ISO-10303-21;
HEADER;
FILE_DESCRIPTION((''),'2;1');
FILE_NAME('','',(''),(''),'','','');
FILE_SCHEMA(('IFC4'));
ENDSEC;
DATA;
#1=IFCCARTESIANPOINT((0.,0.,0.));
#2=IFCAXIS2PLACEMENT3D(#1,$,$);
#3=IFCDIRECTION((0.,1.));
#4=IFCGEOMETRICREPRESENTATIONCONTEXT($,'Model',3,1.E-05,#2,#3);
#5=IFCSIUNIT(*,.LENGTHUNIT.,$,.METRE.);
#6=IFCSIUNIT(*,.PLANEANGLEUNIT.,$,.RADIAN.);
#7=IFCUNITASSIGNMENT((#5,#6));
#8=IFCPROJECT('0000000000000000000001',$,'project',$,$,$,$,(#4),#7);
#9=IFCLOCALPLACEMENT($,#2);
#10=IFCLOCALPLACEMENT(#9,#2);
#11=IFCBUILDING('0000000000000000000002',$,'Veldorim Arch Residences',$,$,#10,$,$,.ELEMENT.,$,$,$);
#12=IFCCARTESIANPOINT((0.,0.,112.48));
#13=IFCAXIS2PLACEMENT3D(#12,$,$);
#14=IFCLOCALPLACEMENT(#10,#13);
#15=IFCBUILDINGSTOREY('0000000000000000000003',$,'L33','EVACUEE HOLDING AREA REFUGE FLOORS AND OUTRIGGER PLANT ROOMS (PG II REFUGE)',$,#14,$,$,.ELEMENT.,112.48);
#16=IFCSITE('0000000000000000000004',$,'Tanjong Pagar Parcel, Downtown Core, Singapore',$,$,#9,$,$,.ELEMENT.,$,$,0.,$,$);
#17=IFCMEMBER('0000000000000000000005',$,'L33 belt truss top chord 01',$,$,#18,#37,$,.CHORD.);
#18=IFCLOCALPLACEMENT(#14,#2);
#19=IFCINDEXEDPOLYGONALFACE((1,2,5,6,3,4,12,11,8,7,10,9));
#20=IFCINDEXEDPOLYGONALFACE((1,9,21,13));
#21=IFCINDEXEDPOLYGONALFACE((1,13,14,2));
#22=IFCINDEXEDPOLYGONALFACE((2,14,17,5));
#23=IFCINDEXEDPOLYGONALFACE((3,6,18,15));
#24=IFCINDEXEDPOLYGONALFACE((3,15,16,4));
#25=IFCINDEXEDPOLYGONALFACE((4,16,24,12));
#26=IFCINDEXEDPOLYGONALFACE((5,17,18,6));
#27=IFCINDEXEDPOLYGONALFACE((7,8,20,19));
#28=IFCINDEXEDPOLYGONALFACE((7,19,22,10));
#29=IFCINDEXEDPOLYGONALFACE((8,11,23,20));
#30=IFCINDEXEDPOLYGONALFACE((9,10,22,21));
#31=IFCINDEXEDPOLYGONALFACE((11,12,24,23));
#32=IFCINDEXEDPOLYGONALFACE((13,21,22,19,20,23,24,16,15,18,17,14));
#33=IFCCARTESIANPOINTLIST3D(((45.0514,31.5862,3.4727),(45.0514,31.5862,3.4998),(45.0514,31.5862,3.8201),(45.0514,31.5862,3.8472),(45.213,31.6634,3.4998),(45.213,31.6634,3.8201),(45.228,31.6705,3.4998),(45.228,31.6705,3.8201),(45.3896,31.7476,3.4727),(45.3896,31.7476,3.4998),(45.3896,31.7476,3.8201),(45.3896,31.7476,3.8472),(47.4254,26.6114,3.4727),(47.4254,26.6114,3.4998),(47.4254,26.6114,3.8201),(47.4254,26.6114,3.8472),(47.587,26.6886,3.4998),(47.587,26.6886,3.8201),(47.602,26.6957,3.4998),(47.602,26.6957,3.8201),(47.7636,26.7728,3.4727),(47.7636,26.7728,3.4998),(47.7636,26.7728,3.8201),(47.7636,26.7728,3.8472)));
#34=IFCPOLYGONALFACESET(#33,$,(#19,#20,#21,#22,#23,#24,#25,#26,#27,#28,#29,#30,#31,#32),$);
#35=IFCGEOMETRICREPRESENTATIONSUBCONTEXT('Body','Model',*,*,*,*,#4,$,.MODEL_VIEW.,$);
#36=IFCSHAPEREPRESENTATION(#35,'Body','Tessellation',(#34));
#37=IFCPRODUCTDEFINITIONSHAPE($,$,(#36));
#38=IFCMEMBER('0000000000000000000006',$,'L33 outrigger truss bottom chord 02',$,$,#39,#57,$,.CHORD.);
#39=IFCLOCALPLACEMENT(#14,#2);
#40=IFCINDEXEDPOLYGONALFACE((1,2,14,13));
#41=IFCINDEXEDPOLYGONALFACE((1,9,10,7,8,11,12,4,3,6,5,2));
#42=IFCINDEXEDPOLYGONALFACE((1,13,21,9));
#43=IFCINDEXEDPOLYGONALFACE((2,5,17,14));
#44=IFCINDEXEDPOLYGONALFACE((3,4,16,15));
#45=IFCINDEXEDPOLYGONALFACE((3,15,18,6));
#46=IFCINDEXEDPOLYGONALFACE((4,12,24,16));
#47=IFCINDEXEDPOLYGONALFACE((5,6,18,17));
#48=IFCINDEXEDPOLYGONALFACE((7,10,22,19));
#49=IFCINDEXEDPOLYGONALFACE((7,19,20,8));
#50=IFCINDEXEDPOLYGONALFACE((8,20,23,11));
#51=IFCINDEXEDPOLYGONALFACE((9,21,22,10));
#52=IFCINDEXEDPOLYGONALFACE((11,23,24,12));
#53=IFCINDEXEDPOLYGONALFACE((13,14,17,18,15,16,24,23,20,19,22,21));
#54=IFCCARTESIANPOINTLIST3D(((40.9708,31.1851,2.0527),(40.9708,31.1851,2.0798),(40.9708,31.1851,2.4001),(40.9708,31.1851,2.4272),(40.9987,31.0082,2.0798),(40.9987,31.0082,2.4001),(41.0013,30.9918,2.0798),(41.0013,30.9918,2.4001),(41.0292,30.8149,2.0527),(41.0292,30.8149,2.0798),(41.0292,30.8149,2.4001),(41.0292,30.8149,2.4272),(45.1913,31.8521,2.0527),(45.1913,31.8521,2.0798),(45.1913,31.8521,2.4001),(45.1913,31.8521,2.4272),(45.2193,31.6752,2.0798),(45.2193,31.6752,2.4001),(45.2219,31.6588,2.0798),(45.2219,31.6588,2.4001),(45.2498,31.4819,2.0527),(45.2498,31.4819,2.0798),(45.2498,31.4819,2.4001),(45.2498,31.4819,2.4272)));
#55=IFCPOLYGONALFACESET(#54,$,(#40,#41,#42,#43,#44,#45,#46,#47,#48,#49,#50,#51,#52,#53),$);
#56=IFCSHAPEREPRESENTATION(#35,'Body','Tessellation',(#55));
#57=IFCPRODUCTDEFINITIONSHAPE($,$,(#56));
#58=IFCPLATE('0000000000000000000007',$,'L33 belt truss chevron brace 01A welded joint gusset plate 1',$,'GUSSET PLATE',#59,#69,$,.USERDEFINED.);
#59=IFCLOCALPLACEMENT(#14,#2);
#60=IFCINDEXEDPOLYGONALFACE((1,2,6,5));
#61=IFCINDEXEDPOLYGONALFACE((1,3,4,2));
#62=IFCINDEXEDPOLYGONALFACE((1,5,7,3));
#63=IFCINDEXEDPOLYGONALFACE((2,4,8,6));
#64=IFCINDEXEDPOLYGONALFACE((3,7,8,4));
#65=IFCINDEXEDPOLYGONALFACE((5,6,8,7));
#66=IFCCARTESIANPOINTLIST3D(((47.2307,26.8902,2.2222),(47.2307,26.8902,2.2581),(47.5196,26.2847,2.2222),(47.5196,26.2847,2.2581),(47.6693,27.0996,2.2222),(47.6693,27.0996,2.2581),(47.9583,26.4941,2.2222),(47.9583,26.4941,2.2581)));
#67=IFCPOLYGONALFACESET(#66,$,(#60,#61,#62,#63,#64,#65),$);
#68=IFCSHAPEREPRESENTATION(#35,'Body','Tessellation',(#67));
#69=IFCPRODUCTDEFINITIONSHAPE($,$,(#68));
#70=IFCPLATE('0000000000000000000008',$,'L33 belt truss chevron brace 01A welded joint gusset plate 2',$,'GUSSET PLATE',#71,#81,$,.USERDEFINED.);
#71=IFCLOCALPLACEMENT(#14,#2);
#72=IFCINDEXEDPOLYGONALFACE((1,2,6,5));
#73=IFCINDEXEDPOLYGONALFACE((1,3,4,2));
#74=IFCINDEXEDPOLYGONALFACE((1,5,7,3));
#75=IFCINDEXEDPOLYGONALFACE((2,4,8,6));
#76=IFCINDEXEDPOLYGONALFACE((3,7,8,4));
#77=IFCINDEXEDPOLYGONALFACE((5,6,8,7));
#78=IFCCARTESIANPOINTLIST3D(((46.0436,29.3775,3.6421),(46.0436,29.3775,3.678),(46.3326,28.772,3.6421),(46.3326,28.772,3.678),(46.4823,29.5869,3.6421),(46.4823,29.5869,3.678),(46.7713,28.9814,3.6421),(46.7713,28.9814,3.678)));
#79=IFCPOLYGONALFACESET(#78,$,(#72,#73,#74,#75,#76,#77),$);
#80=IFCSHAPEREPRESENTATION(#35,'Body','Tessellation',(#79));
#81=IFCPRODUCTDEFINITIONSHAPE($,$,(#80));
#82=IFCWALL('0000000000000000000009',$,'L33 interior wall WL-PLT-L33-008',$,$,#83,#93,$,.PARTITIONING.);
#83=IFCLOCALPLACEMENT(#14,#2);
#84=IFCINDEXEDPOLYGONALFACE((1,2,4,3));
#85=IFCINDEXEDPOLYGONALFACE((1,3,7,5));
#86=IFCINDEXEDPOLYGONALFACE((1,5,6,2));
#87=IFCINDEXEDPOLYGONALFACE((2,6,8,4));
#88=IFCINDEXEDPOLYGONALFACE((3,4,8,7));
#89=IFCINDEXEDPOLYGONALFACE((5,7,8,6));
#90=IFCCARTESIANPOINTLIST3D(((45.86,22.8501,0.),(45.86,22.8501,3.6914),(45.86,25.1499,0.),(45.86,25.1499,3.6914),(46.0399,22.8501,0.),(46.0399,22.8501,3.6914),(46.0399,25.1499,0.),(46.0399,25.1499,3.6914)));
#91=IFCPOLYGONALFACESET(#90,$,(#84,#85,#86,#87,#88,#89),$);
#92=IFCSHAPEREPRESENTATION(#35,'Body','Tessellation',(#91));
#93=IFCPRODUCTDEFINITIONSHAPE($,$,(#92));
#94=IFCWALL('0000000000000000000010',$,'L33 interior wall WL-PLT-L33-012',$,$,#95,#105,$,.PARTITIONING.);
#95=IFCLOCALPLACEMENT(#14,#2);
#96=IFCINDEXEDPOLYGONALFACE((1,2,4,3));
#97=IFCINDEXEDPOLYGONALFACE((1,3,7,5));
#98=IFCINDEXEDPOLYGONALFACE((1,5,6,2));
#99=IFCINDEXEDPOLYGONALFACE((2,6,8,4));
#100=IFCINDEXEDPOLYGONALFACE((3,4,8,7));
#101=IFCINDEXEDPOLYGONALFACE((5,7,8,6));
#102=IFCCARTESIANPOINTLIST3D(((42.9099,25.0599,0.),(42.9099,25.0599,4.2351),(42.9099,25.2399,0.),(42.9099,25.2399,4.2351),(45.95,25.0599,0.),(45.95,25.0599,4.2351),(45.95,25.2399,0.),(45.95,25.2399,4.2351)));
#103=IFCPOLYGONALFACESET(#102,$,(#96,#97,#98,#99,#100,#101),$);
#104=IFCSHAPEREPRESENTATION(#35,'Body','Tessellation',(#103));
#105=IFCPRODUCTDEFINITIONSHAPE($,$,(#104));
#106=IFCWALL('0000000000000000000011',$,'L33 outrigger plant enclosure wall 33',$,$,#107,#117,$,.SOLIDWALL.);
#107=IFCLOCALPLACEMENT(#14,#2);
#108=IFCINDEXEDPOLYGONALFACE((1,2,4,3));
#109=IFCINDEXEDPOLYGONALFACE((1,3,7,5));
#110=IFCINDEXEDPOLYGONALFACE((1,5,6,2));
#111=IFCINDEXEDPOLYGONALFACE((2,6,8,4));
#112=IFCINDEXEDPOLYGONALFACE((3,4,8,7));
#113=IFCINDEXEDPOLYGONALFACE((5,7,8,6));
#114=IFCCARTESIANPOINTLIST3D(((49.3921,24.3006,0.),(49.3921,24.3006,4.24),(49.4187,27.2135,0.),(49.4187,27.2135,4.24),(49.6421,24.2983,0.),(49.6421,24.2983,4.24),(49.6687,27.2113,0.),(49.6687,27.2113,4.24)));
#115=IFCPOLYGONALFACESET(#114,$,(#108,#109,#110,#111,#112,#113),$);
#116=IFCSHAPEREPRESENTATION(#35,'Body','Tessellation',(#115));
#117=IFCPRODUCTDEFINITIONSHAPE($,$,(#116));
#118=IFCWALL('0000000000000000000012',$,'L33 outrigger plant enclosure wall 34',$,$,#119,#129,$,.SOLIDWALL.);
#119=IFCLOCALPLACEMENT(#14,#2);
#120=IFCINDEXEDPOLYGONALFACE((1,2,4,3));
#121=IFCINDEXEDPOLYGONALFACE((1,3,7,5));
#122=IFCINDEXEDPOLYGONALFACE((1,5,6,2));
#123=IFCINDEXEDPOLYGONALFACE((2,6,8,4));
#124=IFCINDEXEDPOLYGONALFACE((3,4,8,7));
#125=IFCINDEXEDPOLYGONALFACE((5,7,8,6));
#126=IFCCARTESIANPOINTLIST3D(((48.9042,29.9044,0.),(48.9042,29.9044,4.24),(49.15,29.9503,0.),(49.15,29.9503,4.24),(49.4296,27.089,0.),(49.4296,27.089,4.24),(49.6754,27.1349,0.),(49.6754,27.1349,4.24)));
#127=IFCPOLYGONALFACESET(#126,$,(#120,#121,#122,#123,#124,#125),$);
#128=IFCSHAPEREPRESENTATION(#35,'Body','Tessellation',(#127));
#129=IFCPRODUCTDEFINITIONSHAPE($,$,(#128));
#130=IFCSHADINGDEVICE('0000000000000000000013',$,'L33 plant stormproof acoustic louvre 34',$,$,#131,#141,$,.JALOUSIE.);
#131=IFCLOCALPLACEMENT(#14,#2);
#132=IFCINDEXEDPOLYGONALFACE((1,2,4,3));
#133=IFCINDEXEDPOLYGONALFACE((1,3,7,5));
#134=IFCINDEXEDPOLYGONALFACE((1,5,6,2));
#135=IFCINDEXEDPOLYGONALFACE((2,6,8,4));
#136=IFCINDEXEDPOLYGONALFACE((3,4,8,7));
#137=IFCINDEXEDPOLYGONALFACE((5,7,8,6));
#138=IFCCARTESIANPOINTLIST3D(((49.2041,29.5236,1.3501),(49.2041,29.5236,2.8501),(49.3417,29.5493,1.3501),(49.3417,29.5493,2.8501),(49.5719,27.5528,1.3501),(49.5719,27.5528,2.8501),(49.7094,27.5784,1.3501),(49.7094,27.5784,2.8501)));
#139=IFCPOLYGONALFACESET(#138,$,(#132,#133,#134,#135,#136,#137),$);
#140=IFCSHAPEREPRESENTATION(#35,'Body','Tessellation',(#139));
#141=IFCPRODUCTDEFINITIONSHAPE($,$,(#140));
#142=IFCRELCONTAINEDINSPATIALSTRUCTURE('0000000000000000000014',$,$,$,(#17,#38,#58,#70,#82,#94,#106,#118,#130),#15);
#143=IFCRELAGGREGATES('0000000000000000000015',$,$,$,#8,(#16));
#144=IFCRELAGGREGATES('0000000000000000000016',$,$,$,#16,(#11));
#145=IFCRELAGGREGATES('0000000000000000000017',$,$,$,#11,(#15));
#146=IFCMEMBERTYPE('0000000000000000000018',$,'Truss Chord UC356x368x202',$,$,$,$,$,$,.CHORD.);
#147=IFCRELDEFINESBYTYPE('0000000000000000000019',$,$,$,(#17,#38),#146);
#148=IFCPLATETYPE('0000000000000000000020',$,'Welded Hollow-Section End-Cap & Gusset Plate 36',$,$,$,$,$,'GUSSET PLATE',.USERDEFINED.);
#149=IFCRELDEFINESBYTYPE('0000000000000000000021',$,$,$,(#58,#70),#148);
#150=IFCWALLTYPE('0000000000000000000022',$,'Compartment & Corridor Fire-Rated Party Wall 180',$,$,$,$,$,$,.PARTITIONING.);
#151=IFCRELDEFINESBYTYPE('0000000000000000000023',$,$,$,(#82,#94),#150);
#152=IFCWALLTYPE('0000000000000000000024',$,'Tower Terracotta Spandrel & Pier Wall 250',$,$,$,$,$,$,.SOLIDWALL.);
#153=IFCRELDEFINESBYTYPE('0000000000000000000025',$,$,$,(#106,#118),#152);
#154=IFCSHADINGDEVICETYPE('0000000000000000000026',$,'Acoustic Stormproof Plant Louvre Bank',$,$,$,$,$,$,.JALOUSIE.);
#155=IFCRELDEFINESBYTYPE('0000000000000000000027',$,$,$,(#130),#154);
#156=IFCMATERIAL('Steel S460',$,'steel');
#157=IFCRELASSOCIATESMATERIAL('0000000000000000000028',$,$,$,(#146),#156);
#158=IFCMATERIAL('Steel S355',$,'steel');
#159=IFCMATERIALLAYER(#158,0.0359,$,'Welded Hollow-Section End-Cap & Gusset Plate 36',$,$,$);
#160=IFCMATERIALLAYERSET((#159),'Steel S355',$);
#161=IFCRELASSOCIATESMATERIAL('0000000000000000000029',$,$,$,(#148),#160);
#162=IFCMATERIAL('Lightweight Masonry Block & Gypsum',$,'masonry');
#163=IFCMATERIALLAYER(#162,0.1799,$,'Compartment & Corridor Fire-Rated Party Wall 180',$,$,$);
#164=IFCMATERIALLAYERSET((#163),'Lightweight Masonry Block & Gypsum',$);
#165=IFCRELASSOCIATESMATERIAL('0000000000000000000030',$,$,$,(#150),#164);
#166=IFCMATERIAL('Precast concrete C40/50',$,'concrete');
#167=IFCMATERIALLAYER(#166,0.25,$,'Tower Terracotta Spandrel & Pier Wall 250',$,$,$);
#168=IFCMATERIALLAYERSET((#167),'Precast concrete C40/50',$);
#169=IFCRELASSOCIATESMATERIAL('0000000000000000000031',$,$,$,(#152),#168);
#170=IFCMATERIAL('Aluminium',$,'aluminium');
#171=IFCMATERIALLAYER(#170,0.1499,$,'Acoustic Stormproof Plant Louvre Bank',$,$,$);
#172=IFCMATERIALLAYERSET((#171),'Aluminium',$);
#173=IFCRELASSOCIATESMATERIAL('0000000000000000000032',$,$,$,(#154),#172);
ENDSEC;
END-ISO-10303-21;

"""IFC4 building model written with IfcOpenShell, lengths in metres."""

from ifc_helpers import new_model, si_unit, direction, frame, frame_2d, origin, origin_2d, place, context, subcontext, project, spatial, rectangle, i_section, extrude, material, layer, layer_set, material_profile, profile_set, type_object, element, save


model = new_model("IFC4")

# Units and contexts
model_context = context("Model", 3, precision=1e-05, world=origin(), true_north=direction((0.0, 1.0)))
body_context = subcontext(model_context, "Body", "Model", "MODEL_VIEW")
ifc_project = project(units=[si_unit("LENGTHUNIT", "METRE"), si_unit("PLANEANGLEUNIT", "RADIAN")], contexts=[model_context])

# Site, building, storey
site_placement = place(None, origin())
site = spatial("IfcSite", under=ifc_project, at=site_placement, Name="Tanjong Pagar Parcel, Downtown Core, Singapore", CompositionType="ELEMENT", RefElevation=0.0)
building_placement = place(site_placement, origin())
building = spatial("IfcBuilding", under=site, at=building_placement, Name="Veldorim Arch Residences", CompositionType="ELEMENT")
storey_placement = place(building_placement, frame((0.0, 0.0, 112.48)))
storey = spatial("IfcBuildingStorey", under=building, at=storey_placement, Name="L33", Description="EVACUEE HOLDING AREA REFUGE FLOORS AND OUTRIGGER PLANT ROOMS (PG II REFUGE)", CompositionType="ELEMENT", Elevation=112.48)

# Members
ifc_material_1 = material(Name="Steel S460", Category="steel")
ifc_material_profile_1 = material_profile(ifc_material_1, i_section(OverallWidth=0.3748, OverallDepth=0.3745, WebThickness=0.0166, FlangeThickness=0.0271, at=origin_2d()), Name="UC356x368x202")
ifc_profile_set_1 = profile_set([ifc_material_profile_1], Name="Steel S460")
member_type_1 = type_object("IfcMemberType", Name="Truss Chord UC356x368x202", PredefinedType="CHORD", material=ifc_profile_set_1)
for number, where, z_axis, x_axis, name in (
    (1, (47.5945, 26.6921, 3.6599), (-0.43068, 0.902505, 0.0), (-0.902505, -0.43068, 0.0), "L33 belt truss top chord 01"),
):
    element("IfcMember", number, at=place(storey_placement, frame(where, z_axis=z_axis, x_axis=x_axis)), inside=storey, type_object=member_type_1, Name=name, PredefinedType="CHORD", context=body_context, shape_type="SweptSolid", body=[
        extrude(i_section(OverallWidth=0.3748, OverallDepth=0.3745, WebThickness=0.0166, FlangeThickness=0.0271, at=origin_2d()), origin(), (0.0, 0.0, 1.0), 5.5122),
    ])
member_1_placement = place(storey_placement, frame((41.0, 31.0, 2.24), z_axis=(0.987741, 0.1561, 0.0), x_axis=(-0.1561, 0.987741, 0.0)))
element("IfcMember", 2, at=member_1_placement, inside=storey, type_object=member_type_1, Name="L33 outrigger truss bottom chord 02", PredefinedType="CHORD", context=body_context, shape_type="SweptSolid", body=[
    extrude(i_section(OverallWidth=0.3748, OverallDepth=0.3745, WebThickness=0.0166, FlangeThickness=0.0271, at=origin_2d()), origin(), (0.0, 0.0, 1.0), 4.2729),
])

# Plates
ifc_material_2 = material(Name="Steel S355", Category="steel")
ifc_layer_1 = layer(ifc_material_2, 0.0359, Name="Welded Hollow-Section End-Cap & Gusset Plate 36")
ifc_layer_set_1 = layer_set([ifc_layer_1], Name="Steel S355")
plate_type = type_object("IfcPlateType", Name="Welded Hollow-Section End-Cap & Gusset Plate 36", ElementType="GUSSET PLATE", PredefinedType="USERDEFINED", material=ifc_layer_set_1)
for number, where, z_axis, x_axis, name in (
    (3, (47.5945, 26.6921, 2.2222), (0.0, 0.0, 1.0), (-0.430716, 0.902488, 0.0), "L33 belt truss chevron brace 01A welded joint gusset plate 1"),
    (4, (46.4075, 29.1794, 3.6421), (0.0, 0.0, 1.0), (-0.430716, 0.902488, 0.0), "L33 belt truss chevron brace 01A welded joint gusset plate 2"),
):
    element("IfcPlate", number, at=place(storey_placement, frame(where, z_axis=z_axis, x_axis=x_axis)), inside=storey, type_object=plate_type, Name=name, ObjectType="GUSSET PLATE", PredefinedType="USERDEFINED", context=body_context, shape_type="SweptSolid", body=[
        extrude(rectangle(XDim=0.6709, YDim=0.4861, at=origin_2d()), origin(), (0.0, 0.0, 1.0), 0.0359),
    ])

# Walls
ifc_material_3 = material(Name="Lightweight Masonry Block & Gypsum", Category="masonry")
ifc_layer_2 = layer(ifc_material_3, 0.1799, Name="Compartment & Corridor Fire-Rated Party Wall 180")
ifc_layer_set_2 = layer_set([ifc_layer_2], Name="Lightweight Masonry Block & Gypsum")
wall_type_1 = type_object("IfcWallType", Name="Compartment & Corridor Fire-Rated Party Wall 180", PredefinedType="PARTITIONING", material=ifc_layer_set_2)
wall_1_placement = place(storey_placement, frame((45.95, 25.1499, 0.0), z_axis=(0.0, 0.0, 1.0), x_axis=(0.0, -1.0, 0.0)))
element("IfcWall", 5, at=wall_1_placement, inside=storey, type_object=wall_type_1, Name="L33 interior wall WL-PLT-L33-008", PredefinedType="PARTITIONING", context=body_context, shape_type="SweptSolid", body=[
    extrude(rectangle(XDim=2.2998, YDim=0.1799, at=frame_2d((1.1499, 0.0))), origin(), (0.0, 0.0, 1.0), 3.6914),
])
wall_2_placement = place(storey_placement, frame((42.9099, 25.1499, 0.0), z_axis=(0.0, 0.0, 1.0), x_axis=(1.0, 0.0, 0.0)))
element("IfcWall", 6, at=wall_2_placement, inside=storey, type_object=wall_type_1, Name="L33 interior wall WL-PLT-L33-012", PredefinedType="PARTITIONING", context=body_context, shape_type="SweptSolid", body=[
    extrude(rectangle(XDim=3.04, YDim=0.1799, at=frame_2d((1.52, 0.0))), origin(), (0.0, 0.0, 1.0), 4.2351),
])
ifc_material_4 = material(Name="Precast concrete C40/50", Category="concrete")
ifc_layer_3 = layer(ifc_material_4, 0.25, Name="Tower Terracotta Spandrel & Pier Wall 250")
ifc_layer_set_3 = layer_set([ifc_layer_3], Name="Precast concrete C40/50")
wall_type_2 = type_object("IfcWallType", Name="Tower Terracotta Spandrel & Pier Wall 250", PredefinedType="SOLIDWALL", material=ifc_layer_set_3)
wall_3_placement = place(storey_placement, frame((49.5437, 27.2124, 0.0), z_axis=(0.0, 0.0, 1.0), x_axis=(-0.009135, -0.999958, 0.0)))
element("IfcWall", 7, at=wall_3_placement, inside=storey, type_object=wall_type_2, Name="L33 outrigger plant enclosure wall 33", PredefinedType="SOLIDWALL", context=body_context, shape_type="SweptSolid", body=[
    extrude(rectangle(XDim=2.9131, YDim=0.25, at=frame_2d((1.4565, 0.0))), origin(), (0.0, 0.0, 1.0), 4.24),
])
wall_4_placement = place(storey_placement, frame((49.0271, 29.9275, 0.0), z_axis=(0.0, 0.0, 1.0), x_axis=(0.183444, -0.98303, 0.0)))
element("IfcWall", 8, at=wall_4_placement, inside=storey, type_object=wall_type_2, Name="L33 outrigger plant enclosure wall 34", PredefinedType="SOLIDWALL", context=body_context, shape_type="SweptSolid", body=[
    extrude(rectangle(XDim=2.864, YDim=0.25, at=frame_2d((1.4321, 0.0))), origin(), (0.0, 0.0, 1.0), 4.24),
])

# Shading device
ifc_material_5 = material(Name="Aluminium", Category="aluminium")
ifc_layer_4 = layer(ifc_material_5, 0.1499, Name="Acoustic Stormproof Plant Louvre Bank")
ifc_layer_set_4 = layer_set([ifc_layer_4], Name="Aluminium")
shading_device_type = type_object("IfcShadingDeviceType", Name="Acoustic Stormproof Plant Louvre Bank", PredefinedType="JALOUSIE", material=ifc_layer_set_4)
shading_device_placement = place(storey_placement, frame((49.4568, 28.551, 1.3501), z_axis=(0.0, 0.0, 1.0), x_axis=(0.183437, -0.983032, 0.0)))
element("IfcShadingDevice", 9, at=shading_device_placement, inside=storey, type_object=shading_device_type, Name="L33 plant stormproof acoustic louvre 34", PredefinedType="JALOUSIE", context=body_context, shape_type="SweptSolid", body=[
    extrude(rectangle(XDim=2.0049, YDim=0.1399, at=origin_2d()), origin(), (0.0, 0.0, 1.0), 1.5),
])

save(model, "model.ifc")
